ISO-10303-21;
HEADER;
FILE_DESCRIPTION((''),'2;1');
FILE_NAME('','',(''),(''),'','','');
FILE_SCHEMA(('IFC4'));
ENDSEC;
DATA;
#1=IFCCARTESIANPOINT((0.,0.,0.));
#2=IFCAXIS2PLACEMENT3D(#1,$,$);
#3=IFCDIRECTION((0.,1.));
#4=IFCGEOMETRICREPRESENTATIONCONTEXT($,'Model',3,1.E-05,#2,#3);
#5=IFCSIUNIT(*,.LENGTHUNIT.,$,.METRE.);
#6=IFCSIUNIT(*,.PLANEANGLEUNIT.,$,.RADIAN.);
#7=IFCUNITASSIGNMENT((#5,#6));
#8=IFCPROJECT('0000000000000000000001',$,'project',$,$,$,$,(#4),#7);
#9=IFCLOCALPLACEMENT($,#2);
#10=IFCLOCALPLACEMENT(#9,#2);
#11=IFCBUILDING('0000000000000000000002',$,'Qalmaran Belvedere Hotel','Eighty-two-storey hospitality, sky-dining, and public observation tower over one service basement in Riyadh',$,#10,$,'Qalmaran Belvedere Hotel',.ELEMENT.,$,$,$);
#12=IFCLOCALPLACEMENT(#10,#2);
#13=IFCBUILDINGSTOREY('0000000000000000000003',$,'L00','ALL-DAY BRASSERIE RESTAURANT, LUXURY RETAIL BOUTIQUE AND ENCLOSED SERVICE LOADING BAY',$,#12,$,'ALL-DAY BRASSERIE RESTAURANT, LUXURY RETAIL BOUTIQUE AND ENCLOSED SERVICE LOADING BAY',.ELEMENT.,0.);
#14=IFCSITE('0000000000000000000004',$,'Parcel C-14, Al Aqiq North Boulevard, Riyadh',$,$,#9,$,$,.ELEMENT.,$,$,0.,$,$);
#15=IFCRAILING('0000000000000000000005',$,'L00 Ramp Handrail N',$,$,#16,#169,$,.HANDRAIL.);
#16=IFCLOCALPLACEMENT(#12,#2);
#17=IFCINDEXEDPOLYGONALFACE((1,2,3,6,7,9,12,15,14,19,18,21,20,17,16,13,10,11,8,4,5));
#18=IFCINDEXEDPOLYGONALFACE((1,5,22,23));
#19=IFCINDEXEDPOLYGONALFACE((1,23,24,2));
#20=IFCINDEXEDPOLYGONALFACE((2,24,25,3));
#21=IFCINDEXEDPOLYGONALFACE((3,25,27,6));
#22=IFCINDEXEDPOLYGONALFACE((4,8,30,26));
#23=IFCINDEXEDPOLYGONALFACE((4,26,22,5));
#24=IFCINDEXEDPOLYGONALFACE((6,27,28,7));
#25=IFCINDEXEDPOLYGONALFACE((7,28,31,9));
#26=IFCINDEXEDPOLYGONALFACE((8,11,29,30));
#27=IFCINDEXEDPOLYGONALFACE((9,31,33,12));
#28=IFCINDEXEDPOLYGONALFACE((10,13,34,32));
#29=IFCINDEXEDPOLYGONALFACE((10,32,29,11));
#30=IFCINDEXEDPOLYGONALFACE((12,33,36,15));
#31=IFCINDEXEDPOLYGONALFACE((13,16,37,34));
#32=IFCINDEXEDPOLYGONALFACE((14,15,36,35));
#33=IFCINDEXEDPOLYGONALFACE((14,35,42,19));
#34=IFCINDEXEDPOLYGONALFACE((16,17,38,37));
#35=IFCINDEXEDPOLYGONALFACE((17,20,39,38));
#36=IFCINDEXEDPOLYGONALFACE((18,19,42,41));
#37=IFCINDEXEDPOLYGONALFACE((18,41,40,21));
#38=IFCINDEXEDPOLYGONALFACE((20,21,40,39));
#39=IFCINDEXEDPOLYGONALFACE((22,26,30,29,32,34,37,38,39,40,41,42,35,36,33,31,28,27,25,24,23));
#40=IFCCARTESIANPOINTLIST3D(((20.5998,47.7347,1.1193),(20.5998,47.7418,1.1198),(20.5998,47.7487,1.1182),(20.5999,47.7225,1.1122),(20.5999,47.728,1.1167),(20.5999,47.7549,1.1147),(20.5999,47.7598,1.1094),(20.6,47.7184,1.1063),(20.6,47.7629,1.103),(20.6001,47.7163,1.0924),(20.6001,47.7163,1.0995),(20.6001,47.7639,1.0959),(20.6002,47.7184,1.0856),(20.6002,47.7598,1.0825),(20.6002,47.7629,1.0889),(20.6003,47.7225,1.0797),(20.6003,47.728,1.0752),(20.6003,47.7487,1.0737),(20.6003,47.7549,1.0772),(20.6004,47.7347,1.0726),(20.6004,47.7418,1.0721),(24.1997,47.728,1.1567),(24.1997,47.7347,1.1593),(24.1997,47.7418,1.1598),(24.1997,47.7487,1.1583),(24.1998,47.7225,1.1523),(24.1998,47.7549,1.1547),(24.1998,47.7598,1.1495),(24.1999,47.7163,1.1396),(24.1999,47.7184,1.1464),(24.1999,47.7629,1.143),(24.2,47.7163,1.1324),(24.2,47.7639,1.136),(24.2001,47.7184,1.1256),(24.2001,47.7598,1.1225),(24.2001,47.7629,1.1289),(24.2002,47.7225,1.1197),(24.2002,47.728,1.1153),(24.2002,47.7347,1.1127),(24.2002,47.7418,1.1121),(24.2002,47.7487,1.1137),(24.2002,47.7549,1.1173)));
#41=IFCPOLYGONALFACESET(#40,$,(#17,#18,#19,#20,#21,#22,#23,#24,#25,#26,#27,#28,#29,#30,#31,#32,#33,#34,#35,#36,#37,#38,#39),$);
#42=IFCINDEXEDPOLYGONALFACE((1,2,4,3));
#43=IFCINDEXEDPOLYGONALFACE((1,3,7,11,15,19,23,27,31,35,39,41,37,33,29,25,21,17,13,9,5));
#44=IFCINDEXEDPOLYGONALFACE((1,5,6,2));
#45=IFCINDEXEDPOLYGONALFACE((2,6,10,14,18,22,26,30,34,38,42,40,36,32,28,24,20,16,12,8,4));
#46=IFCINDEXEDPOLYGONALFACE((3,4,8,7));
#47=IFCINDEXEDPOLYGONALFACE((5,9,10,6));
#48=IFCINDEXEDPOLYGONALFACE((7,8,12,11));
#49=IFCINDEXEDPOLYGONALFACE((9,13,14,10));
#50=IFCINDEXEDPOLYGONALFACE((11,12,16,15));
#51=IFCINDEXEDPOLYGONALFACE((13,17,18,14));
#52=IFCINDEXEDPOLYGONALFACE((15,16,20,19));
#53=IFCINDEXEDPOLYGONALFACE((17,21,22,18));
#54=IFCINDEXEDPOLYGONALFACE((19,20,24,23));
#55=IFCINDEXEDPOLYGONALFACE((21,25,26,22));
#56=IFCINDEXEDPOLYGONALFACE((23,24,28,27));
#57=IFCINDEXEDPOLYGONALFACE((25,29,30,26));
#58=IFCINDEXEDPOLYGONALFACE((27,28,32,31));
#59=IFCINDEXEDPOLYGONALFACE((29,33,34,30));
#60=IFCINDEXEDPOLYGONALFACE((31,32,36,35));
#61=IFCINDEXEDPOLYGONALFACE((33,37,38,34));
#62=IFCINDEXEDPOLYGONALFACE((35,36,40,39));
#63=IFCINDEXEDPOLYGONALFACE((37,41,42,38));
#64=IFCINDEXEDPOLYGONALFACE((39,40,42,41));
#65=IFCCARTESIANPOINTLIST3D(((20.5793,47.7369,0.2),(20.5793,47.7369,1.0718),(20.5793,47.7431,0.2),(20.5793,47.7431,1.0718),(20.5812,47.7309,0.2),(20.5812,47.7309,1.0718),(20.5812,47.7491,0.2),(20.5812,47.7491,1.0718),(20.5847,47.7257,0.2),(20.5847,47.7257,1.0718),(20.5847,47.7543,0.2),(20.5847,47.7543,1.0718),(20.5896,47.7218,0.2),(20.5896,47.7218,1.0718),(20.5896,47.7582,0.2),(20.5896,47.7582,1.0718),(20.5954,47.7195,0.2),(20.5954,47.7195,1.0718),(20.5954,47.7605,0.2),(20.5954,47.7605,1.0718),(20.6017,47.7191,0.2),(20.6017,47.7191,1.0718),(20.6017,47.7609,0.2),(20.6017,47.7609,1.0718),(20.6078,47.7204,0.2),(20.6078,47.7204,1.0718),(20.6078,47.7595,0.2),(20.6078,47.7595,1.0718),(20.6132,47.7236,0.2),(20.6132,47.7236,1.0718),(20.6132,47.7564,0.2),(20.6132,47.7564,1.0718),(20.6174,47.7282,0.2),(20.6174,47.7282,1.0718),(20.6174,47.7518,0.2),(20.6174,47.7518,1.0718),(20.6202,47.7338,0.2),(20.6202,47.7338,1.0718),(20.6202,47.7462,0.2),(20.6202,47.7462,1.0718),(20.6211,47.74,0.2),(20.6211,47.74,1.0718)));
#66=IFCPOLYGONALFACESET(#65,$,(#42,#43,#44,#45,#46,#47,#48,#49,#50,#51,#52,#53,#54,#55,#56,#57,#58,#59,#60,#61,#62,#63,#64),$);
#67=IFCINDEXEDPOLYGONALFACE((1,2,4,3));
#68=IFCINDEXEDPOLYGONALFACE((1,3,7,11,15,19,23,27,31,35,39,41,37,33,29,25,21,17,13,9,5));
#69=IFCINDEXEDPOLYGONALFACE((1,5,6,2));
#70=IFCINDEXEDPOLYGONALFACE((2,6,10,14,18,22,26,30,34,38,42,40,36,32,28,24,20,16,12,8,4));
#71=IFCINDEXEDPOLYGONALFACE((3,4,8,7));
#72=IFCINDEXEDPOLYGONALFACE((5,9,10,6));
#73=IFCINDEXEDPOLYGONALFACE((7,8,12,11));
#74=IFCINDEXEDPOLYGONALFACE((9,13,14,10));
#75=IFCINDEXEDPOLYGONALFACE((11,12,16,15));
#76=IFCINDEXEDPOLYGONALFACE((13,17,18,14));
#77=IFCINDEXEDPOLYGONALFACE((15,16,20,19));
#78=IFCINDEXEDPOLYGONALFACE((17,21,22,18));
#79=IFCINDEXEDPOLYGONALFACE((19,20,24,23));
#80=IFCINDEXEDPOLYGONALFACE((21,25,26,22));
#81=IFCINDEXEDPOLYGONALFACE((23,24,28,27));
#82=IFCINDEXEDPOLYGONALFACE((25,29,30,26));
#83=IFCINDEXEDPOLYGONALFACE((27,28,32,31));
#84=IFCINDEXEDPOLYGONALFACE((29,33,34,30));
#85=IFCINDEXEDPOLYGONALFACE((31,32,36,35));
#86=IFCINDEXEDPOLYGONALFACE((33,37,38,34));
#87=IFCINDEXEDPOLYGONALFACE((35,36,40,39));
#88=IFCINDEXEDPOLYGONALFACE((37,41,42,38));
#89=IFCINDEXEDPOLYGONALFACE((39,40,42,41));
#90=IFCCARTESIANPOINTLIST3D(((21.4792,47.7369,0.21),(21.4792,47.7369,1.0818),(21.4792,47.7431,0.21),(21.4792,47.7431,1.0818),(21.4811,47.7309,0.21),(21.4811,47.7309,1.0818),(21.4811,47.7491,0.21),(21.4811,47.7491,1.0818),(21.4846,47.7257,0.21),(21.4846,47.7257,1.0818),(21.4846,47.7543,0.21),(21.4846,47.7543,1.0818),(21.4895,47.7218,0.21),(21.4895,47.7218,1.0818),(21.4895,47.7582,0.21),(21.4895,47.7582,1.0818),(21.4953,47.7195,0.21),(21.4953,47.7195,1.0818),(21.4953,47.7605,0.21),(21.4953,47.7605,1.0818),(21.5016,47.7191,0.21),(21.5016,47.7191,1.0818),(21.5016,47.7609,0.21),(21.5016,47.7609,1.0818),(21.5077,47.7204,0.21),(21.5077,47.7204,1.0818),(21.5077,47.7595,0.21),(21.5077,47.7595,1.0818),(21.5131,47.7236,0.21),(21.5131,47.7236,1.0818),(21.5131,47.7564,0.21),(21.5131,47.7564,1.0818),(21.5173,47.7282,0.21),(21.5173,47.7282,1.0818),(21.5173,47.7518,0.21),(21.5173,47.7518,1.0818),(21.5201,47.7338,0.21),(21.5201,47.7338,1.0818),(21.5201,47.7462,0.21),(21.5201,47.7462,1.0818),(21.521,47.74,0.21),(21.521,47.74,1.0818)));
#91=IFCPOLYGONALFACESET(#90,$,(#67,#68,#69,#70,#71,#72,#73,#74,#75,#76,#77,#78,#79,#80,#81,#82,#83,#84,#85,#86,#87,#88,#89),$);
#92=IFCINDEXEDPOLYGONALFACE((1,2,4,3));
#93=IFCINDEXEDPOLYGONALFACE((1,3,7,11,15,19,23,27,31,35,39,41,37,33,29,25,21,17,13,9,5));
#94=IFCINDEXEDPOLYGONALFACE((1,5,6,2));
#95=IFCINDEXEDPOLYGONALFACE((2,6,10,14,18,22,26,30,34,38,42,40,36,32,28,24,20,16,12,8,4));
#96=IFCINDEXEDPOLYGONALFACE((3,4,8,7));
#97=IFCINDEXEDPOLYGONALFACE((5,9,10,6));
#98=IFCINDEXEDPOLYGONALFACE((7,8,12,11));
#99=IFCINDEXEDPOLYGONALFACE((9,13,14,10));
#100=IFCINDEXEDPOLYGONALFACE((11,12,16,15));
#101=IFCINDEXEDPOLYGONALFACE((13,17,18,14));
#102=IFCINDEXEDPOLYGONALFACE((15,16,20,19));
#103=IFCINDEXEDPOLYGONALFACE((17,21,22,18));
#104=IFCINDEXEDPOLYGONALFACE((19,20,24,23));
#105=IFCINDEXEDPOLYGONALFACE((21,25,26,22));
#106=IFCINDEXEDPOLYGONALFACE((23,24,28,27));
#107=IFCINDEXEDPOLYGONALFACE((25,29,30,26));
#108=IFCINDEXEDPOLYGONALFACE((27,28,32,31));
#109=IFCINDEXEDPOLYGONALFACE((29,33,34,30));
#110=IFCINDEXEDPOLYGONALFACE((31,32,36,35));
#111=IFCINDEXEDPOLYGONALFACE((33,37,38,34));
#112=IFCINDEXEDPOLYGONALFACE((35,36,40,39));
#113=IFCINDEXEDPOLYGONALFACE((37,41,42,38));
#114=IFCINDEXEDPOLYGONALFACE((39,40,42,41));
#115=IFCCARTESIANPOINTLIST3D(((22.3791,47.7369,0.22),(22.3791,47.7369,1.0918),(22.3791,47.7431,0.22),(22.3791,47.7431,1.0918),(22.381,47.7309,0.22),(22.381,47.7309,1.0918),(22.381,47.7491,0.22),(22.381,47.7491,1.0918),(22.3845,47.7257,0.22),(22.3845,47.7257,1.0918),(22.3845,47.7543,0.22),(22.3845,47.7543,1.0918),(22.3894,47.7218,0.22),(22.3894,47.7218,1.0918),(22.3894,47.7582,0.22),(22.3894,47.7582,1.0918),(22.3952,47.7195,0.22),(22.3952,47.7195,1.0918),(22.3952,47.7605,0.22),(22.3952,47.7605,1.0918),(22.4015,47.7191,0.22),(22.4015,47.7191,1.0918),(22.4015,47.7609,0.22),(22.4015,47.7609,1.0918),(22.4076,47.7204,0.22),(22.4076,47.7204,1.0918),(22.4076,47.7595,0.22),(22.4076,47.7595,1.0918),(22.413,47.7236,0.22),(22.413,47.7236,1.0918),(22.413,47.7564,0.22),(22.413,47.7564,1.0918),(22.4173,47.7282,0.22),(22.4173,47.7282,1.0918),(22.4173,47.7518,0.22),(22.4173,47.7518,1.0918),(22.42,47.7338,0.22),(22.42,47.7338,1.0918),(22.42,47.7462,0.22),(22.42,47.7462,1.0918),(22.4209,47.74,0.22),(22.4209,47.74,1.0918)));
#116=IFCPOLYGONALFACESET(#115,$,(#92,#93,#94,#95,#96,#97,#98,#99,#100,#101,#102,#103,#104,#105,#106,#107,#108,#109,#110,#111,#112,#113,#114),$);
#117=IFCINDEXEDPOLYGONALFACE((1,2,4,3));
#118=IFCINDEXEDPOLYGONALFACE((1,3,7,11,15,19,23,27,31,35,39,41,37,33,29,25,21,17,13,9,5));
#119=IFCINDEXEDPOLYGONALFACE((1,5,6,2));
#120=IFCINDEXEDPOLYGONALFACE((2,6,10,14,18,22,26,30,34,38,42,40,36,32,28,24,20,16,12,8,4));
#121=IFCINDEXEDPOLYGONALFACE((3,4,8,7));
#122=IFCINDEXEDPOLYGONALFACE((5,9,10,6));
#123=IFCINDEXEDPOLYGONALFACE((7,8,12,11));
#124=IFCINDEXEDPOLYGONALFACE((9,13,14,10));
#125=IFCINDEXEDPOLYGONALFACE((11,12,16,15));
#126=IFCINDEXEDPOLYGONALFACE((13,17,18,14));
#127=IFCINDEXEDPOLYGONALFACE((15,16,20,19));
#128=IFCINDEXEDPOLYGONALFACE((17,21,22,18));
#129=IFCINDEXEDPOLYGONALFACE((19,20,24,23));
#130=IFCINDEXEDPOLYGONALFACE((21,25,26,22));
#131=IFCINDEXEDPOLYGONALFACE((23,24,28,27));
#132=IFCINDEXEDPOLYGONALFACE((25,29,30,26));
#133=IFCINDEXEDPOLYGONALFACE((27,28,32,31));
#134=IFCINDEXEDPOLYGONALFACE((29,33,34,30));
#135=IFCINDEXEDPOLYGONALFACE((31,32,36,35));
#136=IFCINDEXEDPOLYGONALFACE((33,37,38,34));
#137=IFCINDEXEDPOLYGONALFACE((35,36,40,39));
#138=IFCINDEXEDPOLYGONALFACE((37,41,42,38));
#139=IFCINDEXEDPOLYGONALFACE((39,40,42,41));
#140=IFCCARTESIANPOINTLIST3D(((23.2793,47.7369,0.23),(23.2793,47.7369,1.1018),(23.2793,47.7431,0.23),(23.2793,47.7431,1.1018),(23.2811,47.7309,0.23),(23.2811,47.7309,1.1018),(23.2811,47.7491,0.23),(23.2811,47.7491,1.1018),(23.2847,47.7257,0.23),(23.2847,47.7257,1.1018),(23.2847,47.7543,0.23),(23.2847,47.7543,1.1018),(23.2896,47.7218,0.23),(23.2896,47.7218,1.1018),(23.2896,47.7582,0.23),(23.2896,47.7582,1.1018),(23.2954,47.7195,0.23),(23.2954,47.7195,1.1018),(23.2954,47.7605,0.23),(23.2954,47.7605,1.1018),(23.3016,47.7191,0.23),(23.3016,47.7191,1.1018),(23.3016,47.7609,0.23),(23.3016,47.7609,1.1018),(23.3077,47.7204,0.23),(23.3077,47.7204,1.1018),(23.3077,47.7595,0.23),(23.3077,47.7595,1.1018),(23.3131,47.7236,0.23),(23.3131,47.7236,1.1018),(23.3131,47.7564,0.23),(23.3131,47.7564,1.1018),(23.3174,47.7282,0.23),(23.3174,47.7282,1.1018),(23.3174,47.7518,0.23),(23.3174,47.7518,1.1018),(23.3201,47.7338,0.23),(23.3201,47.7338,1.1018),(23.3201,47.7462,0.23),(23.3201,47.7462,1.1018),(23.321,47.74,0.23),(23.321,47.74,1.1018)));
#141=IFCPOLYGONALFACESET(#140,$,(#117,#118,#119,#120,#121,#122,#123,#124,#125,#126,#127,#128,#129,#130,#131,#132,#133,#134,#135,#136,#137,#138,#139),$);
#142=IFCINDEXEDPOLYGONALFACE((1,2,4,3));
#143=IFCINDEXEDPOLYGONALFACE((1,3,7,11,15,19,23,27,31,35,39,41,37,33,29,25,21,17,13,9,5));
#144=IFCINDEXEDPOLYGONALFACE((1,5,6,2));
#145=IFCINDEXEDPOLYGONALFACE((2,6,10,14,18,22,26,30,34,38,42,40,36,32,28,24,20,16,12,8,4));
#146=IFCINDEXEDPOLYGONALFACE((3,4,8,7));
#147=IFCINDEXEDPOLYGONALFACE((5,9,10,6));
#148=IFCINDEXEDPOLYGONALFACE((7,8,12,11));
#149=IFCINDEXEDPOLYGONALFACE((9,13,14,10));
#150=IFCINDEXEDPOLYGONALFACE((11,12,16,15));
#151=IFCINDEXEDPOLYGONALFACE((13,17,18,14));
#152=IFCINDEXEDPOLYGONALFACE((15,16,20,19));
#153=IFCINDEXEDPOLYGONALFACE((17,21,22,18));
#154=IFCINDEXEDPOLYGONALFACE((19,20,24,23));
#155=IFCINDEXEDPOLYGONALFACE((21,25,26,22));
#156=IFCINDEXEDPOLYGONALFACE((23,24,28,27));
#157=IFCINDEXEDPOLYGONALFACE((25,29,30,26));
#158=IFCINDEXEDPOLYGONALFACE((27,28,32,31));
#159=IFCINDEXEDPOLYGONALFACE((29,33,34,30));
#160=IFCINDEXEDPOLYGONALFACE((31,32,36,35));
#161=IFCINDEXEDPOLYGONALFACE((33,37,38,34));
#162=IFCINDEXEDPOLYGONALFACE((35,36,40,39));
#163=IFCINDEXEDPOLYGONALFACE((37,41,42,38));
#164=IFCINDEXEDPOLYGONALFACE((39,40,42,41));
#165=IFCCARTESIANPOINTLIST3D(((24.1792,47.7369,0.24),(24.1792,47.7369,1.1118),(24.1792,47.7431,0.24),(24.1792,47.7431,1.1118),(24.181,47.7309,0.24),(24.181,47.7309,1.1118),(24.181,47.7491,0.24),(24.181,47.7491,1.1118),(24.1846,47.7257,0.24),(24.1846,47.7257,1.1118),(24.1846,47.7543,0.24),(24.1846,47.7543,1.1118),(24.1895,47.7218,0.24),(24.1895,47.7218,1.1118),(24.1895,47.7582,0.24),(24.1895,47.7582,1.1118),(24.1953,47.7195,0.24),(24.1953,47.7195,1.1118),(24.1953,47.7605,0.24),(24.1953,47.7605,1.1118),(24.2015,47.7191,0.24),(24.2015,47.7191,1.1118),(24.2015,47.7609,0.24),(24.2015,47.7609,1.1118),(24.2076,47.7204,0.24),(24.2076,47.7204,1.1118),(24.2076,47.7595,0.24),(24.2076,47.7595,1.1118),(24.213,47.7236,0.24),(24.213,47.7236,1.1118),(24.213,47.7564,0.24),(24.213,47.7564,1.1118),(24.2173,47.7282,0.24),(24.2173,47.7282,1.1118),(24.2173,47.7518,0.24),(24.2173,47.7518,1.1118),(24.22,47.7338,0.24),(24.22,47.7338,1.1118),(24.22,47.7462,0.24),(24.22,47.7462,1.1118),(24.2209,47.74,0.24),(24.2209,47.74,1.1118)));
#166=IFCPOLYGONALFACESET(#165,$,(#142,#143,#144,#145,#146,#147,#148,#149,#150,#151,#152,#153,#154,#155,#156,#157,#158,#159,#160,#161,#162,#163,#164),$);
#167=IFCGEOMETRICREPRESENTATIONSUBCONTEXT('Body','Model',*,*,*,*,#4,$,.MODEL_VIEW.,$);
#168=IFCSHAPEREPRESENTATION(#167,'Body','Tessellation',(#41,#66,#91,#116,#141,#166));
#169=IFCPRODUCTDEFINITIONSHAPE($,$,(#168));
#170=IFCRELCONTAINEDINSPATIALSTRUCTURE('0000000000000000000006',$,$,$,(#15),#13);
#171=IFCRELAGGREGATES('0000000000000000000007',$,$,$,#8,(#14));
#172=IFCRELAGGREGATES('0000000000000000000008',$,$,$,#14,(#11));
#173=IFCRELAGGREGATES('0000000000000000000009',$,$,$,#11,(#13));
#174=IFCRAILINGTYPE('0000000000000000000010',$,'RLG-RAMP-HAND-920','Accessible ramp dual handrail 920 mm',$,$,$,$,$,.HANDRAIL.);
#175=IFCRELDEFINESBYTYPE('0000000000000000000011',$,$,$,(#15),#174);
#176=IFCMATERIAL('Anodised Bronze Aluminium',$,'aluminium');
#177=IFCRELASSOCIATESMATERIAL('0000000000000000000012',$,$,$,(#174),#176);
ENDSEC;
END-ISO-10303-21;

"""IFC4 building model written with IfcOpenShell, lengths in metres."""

from ifc_helpers import new_model, si_unit, direction, frame, origin, origin_2d, place, context, subcontext, project, spatial, circle, extrude, material, type_object, element, save


model = new_model("IFC4")

# Units and contexts
model_context = context("Model", 3, precision=1e-05, world=origin(), true_north=direction((0.0, 1.0)))
body_context = subcontext(model_context, "Body", "Model", "MODEL_VIEW")
ifc_project = project(units=[si_unit("LENGTHUNIT", "METRE"), si_unit("PLANEANGLEUNIT", "RADIAN")], contexts=[model_context])

# Site, building, storey
site_placement = place(None, origin())
site = spatial("IfcSite", under=ifc_project, at=site_placement, Name="Parcel C-14, Al Aqiq North Boulevard, Riyadh", CompositionType="ELEMENT", RefElevation=0.0)
building_placement = place(site_placement, origin())
building = spatial("IfcBuilding", under=site, at=building_placement, Name="Qalmaran Belvedere Hotel", Description="Eighty-two-storey hospitality, sky-dining, and public observation tower over one service basement in Riyadh", LongName="Qalmaran Belvedere Hotel", CompositionType="ELEMENT")
storey_placement = place(building_placement, origin())
storey = spatial("IfcBuildingStorey", under=building, at=storey_placement, Name="L00", Description="ALL-DAY BRASSERIE RESTAURANT, LUXURY RETAIL BOUTIQUE AND ENCLOSED SERVICE LOADING BAY", LongName="ALL-DAY BRASSERIE RESTAURANT, LUXURY RETAIL BOUTIQUE AND ENCLOSED SERVICE LOADING BAY", CompositionType="ELEMENT", Elevation=0.0)

# Railing
ifc_material_1 = material(Name="Anodised Bronze Aluminium", Category="aluminium")
railing_type = type_object("IfcRailingType", Name="RLG-RAMP-HAND-920", Description="Accessible ramp dual handrail 920 mm", PredefinedType="HANDRAIL", material=ifc_material_1)
for number, where, name in (
    (1, (20.6001, 47.74, 0.2), "L00 Ramp Handrail N"),
):
    element("IfcRailing", number, at=place(storey_placement, frame(where)), inside=storey, type_object=railing_type, Name=name, PredefinedType="HANDRAIL", context=body_context, shape_type="SweptSolid", body=[
        extrude(circle(Radius=0.0239, at=origin_2d()), frame((0.0, 0.0, 0.896), z_axis=(0.999938, 0.0, 0.011122), x_axis=(0.0, 1.0, 0.0)), (0.0, 0.0, 1.0), 3.6001),
        extrude(circle(Radius=0.021, at=origin_2d()), origin(), (0.0, 0.0, 1.0), 0.8718),
        extrude(circle(Radius=0.021, at=origin_2d()), frame((0.8999, 0.0, 0.01)), (0.0, 0.0, 1.0), 0.8718),
        extrude(circle(Radius=0.021, at=origin_2d()), frame((1.7998, 0.0, 0.02)), (0.0, 0.0, 1.0), 0.8718),
        extrude(circle(Radius=0.021, at=origin_2d()), frame((2.7, 0.0, 0.03)), (0.0, 0.0, 1.0), 0.8718),
        extrude(circle(Radius=0.021, at=origin_2d()), frame((3.5999, 0.0, 0.04)), (0.0, 0.0, 1.0), 0.8718),
    ])

save(model, "model.ifc")
